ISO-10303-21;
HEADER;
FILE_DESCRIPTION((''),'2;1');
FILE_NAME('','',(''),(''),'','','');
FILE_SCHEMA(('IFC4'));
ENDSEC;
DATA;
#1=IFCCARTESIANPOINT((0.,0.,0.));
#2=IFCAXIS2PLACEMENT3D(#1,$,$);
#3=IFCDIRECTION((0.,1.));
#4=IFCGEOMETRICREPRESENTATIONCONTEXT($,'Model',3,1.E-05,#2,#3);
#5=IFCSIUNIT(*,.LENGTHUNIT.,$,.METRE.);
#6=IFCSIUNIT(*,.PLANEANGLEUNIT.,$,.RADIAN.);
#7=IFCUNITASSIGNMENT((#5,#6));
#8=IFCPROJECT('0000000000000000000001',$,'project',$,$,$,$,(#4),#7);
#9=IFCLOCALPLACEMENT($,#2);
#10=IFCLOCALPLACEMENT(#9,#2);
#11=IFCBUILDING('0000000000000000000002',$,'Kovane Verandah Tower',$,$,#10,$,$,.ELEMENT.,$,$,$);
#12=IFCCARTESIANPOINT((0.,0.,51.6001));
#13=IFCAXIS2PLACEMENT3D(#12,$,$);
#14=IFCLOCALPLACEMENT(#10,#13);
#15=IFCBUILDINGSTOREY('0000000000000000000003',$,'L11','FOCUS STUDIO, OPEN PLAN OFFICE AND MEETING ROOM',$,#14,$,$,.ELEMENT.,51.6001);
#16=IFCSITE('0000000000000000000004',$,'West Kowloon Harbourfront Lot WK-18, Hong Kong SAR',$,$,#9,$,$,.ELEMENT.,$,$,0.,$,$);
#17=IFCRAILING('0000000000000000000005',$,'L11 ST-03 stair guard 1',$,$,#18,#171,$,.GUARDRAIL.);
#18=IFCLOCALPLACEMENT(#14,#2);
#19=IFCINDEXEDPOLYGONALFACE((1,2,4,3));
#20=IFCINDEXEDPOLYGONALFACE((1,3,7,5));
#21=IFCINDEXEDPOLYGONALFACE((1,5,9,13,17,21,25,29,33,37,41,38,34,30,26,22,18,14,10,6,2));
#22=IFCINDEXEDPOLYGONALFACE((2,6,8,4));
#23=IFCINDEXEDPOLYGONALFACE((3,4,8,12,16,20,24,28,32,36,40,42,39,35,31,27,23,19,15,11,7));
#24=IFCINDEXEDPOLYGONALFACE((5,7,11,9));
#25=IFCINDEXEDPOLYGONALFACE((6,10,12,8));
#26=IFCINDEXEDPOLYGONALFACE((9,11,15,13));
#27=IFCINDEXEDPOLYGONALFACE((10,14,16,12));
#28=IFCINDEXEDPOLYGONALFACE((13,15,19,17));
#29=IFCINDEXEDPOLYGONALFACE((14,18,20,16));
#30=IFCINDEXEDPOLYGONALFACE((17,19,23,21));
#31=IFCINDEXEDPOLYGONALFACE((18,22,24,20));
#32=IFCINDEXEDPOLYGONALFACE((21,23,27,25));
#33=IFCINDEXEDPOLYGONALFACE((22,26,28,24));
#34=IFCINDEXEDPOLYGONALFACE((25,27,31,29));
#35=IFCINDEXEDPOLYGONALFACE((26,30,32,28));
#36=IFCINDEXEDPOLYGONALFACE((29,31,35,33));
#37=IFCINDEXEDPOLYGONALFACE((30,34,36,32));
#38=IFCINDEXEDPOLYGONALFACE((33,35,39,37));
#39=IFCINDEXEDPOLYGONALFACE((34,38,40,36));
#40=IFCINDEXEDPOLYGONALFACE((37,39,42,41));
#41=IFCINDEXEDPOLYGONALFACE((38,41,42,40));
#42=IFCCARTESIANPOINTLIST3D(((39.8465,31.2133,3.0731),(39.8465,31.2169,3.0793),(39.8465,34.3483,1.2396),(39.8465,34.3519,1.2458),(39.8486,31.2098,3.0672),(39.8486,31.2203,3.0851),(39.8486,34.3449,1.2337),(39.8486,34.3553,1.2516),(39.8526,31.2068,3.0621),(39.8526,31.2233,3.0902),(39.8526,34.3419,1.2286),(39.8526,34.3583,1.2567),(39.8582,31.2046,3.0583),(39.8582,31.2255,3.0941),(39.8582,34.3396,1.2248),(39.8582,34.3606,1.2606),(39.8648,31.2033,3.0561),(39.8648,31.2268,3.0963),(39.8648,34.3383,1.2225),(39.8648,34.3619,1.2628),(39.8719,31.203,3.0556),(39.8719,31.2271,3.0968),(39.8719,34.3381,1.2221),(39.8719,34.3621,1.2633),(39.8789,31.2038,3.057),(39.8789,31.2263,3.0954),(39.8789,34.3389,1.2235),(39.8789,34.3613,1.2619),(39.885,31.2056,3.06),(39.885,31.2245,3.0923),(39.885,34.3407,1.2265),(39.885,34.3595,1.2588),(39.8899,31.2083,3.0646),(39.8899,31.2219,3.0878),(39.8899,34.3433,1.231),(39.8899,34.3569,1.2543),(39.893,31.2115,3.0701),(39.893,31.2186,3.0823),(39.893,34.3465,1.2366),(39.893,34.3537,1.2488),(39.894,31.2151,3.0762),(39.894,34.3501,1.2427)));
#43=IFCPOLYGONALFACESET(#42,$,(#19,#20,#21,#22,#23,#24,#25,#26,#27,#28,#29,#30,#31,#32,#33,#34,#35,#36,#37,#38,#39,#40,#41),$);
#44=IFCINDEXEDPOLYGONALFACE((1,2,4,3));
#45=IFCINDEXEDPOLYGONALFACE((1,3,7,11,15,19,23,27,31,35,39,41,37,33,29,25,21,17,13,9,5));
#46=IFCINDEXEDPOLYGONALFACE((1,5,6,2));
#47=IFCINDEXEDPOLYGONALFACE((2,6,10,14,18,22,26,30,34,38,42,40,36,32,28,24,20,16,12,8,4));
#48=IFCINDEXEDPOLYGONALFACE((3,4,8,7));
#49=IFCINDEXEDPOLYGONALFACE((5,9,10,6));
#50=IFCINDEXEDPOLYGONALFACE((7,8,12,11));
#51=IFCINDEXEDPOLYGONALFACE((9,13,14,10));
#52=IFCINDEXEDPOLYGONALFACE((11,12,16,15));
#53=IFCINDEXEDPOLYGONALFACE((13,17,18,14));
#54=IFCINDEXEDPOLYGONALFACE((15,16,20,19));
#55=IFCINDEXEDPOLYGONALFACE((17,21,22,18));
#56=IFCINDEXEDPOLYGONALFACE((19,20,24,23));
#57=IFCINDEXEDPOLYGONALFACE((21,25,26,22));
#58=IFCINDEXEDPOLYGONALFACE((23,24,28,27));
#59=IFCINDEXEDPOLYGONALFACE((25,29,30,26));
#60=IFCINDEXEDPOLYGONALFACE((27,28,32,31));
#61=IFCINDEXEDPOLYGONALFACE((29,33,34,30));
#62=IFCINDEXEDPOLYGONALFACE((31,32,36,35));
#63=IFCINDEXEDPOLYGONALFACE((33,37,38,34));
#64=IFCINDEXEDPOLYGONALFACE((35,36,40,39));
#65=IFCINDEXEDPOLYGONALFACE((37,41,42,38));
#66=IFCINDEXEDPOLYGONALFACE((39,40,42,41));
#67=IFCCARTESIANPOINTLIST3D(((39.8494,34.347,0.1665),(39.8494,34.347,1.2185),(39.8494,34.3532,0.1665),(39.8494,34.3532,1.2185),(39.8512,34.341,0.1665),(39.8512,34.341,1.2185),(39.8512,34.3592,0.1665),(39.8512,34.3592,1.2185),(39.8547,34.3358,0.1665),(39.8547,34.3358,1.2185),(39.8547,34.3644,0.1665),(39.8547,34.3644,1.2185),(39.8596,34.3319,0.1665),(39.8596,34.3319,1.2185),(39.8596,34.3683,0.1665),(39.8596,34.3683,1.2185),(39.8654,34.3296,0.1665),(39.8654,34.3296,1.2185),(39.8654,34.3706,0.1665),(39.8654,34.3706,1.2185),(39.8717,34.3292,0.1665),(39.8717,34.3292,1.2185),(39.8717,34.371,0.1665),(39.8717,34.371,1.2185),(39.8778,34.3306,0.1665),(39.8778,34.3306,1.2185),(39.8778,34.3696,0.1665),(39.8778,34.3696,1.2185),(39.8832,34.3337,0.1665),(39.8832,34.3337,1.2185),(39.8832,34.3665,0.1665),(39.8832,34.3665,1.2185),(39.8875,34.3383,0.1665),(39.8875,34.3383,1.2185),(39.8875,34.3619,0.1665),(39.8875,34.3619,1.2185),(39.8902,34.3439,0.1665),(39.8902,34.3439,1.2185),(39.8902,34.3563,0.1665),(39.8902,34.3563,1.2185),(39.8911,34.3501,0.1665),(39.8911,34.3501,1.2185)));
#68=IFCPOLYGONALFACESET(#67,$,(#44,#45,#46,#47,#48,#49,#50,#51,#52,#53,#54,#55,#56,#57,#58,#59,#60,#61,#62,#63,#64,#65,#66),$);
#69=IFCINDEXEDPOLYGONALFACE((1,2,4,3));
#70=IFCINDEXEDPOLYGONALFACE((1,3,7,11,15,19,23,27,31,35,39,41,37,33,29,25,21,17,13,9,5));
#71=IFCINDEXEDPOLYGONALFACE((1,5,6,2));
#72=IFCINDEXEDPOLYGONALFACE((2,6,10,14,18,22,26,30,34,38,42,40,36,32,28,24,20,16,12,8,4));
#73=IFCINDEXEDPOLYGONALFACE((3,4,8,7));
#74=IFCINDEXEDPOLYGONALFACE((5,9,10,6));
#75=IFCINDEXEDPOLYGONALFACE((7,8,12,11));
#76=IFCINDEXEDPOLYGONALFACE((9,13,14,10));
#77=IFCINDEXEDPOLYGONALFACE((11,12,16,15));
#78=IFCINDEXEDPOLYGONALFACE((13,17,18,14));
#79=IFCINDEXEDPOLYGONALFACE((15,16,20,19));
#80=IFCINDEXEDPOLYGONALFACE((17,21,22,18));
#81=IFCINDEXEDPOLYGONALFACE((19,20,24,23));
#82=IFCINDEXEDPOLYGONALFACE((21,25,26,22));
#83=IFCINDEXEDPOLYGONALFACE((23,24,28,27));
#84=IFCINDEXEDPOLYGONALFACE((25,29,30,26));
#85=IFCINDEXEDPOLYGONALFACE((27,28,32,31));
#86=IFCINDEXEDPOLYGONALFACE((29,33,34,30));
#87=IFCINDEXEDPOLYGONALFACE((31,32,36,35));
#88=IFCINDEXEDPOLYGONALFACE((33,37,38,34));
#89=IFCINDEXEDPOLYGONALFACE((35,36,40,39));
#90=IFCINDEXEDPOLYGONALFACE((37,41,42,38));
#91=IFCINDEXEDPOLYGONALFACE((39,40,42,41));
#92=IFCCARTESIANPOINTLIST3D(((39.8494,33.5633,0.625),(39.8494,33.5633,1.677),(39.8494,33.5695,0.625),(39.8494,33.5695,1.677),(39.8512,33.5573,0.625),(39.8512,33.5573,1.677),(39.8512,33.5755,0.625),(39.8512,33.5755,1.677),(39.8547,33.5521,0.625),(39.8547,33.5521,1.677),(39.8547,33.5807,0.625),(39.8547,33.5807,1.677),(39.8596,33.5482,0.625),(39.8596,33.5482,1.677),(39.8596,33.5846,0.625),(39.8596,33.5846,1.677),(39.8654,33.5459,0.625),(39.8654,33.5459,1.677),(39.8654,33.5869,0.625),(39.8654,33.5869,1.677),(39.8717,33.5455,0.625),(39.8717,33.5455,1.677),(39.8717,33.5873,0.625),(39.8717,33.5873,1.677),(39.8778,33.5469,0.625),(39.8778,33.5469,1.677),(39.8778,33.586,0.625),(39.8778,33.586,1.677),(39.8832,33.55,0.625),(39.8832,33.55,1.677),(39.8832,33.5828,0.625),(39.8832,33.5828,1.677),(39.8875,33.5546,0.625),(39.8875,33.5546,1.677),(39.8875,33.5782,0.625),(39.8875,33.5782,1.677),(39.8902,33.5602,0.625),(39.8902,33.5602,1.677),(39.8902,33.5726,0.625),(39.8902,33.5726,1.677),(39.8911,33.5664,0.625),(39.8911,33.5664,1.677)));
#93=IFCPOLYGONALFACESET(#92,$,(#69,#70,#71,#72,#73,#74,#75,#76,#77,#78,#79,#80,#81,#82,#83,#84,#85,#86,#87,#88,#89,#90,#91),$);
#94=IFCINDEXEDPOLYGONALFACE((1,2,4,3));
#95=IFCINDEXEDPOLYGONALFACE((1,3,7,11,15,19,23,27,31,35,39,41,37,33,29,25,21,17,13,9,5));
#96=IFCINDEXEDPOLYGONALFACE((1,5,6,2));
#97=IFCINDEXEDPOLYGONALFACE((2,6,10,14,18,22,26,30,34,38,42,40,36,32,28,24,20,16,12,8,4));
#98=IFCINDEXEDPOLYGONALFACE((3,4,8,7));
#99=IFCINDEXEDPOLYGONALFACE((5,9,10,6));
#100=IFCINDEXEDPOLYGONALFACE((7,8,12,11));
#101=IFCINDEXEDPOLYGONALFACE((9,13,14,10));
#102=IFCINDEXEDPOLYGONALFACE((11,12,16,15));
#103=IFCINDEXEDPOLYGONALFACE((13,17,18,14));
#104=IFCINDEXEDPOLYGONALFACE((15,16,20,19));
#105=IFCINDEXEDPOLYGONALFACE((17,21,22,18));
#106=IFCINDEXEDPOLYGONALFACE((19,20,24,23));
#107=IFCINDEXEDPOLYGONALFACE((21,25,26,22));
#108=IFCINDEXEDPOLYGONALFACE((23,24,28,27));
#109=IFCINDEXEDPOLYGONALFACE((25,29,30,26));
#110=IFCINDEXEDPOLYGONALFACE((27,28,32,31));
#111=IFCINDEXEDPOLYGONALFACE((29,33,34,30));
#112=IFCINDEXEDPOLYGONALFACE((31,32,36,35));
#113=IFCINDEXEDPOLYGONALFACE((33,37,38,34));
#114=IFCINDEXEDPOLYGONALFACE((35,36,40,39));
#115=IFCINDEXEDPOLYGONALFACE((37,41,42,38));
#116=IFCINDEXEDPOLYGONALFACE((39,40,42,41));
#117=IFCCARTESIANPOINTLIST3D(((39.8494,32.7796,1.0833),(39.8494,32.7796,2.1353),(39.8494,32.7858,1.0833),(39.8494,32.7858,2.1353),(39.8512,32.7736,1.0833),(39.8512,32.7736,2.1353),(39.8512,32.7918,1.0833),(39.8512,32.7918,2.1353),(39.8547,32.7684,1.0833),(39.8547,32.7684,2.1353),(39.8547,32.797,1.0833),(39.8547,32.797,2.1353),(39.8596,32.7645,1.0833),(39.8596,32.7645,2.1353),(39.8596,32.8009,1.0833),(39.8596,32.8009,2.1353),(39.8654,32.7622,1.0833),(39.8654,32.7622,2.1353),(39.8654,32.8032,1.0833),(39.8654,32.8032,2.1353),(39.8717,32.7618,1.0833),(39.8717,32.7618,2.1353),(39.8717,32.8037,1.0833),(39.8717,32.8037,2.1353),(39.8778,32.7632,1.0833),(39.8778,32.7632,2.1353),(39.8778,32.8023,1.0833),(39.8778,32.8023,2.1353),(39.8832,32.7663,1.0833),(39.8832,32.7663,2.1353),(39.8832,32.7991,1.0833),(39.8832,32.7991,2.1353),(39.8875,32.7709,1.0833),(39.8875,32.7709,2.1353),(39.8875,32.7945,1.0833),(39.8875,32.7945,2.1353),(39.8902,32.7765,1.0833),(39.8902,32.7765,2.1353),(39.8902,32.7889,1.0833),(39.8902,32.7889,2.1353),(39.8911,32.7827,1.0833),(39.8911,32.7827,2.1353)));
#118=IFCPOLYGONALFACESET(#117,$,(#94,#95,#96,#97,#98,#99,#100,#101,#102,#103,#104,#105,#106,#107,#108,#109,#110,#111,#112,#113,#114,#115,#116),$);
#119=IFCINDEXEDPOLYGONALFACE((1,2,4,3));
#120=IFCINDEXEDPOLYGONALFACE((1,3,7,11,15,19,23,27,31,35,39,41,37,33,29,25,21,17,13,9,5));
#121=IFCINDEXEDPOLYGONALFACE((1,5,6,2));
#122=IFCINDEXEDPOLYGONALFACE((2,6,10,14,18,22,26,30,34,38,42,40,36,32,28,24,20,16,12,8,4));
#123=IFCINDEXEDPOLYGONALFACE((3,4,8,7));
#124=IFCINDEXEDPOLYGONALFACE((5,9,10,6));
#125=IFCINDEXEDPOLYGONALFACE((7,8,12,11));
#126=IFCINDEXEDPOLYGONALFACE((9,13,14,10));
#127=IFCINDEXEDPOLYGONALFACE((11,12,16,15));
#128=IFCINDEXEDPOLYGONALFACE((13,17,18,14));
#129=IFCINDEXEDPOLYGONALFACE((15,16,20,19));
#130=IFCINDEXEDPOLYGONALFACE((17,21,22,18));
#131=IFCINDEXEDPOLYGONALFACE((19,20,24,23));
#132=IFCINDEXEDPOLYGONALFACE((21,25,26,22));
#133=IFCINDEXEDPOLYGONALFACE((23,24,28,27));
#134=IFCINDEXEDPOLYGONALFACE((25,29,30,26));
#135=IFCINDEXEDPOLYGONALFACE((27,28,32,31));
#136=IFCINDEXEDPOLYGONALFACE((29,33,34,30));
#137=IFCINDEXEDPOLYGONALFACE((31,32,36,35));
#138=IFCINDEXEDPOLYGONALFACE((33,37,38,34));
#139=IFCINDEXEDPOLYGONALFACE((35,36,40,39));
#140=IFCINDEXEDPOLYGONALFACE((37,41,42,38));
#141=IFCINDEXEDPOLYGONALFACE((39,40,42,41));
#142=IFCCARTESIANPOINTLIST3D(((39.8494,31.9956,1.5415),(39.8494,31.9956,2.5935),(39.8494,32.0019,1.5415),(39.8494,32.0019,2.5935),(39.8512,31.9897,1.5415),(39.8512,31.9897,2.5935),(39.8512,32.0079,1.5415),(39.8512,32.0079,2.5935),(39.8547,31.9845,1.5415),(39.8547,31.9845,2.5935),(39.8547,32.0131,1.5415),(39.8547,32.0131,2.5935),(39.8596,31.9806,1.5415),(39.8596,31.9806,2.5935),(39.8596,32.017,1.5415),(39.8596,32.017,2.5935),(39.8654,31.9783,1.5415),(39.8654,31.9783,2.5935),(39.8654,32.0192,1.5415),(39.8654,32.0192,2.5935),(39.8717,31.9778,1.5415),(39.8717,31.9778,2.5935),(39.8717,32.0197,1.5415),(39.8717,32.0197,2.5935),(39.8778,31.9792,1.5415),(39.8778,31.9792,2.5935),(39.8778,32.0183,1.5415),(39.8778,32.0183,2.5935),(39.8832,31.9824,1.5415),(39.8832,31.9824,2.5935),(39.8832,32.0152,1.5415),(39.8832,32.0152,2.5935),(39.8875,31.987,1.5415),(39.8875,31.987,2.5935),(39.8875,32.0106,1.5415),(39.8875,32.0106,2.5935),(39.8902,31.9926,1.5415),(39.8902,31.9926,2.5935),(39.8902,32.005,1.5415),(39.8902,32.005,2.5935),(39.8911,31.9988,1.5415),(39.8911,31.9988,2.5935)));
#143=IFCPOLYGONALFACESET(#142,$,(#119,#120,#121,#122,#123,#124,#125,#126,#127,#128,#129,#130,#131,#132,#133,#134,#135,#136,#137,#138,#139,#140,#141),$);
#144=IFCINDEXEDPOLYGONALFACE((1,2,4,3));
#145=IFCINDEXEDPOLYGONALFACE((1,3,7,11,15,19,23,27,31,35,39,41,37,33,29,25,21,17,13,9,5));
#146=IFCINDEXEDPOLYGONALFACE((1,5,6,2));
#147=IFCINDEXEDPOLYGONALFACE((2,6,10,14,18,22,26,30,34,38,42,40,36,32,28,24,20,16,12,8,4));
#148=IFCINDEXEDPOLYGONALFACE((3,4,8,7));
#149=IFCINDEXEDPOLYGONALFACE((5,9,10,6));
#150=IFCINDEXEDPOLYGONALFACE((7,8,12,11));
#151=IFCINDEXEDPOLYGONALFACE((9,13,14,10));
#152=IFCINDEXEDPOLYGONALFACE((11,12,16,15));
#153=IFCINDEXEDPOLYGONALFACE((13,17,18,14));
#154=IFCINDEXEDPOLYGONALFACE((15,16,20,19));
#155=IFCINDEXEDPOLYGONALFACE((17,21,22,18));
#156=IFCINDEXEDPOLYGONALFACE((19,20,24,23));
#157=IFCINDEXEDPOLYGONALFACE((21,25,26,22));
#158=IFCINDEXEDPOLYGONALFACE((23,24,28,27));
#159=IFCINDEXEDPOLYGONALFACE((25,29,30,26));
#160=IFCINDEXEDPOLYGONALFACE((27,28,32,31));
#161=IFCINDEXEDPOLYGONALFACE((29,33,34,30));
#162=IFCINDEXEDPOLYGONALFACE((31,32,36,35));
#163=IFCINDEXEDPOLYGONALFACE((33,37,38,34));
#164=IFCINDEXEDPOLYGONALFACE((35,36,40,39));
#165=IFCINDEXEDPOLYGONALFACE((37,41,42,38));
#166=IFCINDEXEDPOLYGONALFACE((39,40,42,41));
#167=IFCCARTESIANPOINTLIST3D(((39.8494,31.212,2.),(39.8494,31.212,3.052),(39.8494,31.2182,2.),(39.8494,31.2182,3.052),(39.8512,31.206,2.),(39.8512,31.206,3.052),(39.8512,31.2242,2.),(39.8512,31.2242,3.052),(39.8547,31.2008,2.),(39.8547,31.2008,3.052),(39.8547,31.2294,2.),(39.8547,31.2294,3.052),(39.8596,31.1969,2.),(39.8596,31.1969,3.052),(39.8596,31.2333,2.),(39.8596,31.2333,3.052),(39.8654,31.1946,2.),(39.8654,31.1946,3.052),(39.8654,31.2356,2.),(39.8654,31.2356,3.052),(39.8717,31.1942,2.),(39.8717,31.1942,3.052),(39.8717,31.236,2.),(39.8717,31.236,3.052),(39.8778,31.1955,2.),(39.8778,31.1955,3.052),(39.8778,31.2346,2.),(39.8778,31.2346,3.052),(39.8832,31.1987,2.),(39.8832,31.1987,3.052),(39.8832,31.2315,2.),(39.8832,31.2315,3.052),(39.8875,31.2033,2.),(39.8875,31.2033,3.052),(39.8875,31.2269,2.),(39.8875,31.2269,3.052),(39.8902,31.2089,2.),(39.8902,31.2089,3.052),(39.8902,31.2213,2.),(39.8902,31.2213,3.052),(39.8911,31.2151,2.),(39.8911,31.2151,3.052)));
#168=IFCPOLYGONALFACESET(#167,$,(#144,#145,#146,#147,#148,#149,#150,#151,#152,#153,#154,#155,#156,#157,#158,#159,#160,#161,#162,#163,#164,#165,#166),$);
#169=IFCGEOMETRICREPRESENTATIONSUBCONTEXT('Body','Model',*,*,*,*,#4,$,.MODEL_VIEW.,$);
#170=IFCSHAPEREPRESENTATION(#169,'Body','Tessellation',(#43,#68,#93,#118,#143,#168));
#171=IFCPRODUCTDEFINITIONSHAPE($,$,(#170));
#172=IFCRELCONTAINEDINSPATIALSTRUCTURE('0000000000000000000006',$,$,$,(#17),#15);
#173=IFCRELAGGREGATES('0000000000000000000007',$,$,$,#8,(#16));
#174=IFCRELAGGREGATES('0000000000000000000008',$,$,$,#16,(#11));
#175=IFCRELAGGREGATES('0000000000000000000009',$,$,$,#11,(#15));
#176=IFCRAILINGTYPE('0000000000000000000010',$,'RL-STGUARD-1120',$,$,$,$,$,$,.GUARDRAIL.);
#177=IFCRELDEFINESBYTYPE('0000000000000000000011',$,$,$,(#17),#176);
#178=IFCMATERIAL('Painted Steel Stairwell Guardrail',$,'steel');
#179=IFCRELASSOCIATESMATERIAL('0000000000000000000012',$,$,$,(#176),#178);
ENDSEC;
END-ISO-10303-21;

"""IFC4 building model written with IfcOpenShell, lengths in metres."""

from ifc_helpers import new_model, si_unit, direction, frame, origin, origin_2d, place, context, subcontext, project, spatial, circle, extrude, material, type_object, element, save


model = new_model("IFC4")

# Units and contexts
model_context = context("Model", 3, precision=1e-05, world=origin(), true_north=direction((0.0, 1.0)))
body_context = subcontext(model_context, "Body", "Model", "MODEL_VIEW")
ifc_project = project(units=[si_unit("LENGTHUNIT", "METRE"), si_unit("PLANEANGLEUNIT", "RADIAN")], contexts=[model_context])

# Site, building, storey
site_placement = place(None, origin())
site = spatial("IfcSite", under=ifc_project, at=site_placement, Name="West Kowloon Harbourfront Lot WK-18, Hong Kong SAR", CompositionType="ELEMENT", RefElevation=0.0)
building_placement = place(site_placement, origin())
building = spatial("IfcBuilding", under=site, at=building_placement, Name="Kovane Verandah Tower", CompositionType="ELEMENT")
storey_placement = place(building_placement, frame((0.0, 0.0, 51.6001)))
storey = spatial("IfcBuildingStorey", under=building, at=storey_placement, Name="L11", Description="FOCUS STUDIO, OPEN PLAN OFFICE AND MEETING ROOM", CompositionType="ELEMENT", Elevation=51.6001)

# Railing
ifc_material_1 = material(Name="Painted Steel Stairwell Guardrail", Category="steel")
railing_type_1 = type_object("IfcRailingType", Name="RL-STGUARD-1120", PredefinedType="GUARDRAIL", material=ifc_material_1)
for number, where, name in (
    (1, (39.8701, 34.3501, 0.1665), "L11 ST-03 stair guard 1"),
):
    element("IfcRailing", number, at=place(storey_placement, frame(where)), inside=storey, type_object=railing_type_1, Name=name, PredefinedType="GUARDRAIL", context=body_context, shape_type="SweptSolid", body=[
        extrude(circle(Radius=0.0239, at=origin_2d()), frame((0.0, 0.0, 1.0762), z_axis=(0.0, -0.86321, 0.504845), x_axis=(1.0, 0.0, 0.0)), (0.0, 0.0, 1.0), 3.6318),
        extrude(circle(Radius=0.021, at=origin_2d()), origin(), (0.0, 0.0, 1.0), 1.052),
        extrude(circle(Radius=0.021, at=origin_2d()), frame((0.0, -0.7837, 0.4585)), (0.0, 0.0, 1.0), 1.052),
        extrude(circle(Radius=0.021, at=origin_2d()), frame((0.0, -1.5674, 0.9167)), (0.0, 0.0, 1.0), 1.052),
        extrude(circle(Radius=0.021, at=origin_2d()), frame((0.0, -2.3513, 1.375)), (0.0, 0.0, 1.0), 1.052),
        extrude(circle(Radius=0.021, at=origin_2d()), frame((0.0, -3.135, 1.8335)), (0.0, 0.0, 1.0), 1.052),
    ])

save(model, "model.ifc")
